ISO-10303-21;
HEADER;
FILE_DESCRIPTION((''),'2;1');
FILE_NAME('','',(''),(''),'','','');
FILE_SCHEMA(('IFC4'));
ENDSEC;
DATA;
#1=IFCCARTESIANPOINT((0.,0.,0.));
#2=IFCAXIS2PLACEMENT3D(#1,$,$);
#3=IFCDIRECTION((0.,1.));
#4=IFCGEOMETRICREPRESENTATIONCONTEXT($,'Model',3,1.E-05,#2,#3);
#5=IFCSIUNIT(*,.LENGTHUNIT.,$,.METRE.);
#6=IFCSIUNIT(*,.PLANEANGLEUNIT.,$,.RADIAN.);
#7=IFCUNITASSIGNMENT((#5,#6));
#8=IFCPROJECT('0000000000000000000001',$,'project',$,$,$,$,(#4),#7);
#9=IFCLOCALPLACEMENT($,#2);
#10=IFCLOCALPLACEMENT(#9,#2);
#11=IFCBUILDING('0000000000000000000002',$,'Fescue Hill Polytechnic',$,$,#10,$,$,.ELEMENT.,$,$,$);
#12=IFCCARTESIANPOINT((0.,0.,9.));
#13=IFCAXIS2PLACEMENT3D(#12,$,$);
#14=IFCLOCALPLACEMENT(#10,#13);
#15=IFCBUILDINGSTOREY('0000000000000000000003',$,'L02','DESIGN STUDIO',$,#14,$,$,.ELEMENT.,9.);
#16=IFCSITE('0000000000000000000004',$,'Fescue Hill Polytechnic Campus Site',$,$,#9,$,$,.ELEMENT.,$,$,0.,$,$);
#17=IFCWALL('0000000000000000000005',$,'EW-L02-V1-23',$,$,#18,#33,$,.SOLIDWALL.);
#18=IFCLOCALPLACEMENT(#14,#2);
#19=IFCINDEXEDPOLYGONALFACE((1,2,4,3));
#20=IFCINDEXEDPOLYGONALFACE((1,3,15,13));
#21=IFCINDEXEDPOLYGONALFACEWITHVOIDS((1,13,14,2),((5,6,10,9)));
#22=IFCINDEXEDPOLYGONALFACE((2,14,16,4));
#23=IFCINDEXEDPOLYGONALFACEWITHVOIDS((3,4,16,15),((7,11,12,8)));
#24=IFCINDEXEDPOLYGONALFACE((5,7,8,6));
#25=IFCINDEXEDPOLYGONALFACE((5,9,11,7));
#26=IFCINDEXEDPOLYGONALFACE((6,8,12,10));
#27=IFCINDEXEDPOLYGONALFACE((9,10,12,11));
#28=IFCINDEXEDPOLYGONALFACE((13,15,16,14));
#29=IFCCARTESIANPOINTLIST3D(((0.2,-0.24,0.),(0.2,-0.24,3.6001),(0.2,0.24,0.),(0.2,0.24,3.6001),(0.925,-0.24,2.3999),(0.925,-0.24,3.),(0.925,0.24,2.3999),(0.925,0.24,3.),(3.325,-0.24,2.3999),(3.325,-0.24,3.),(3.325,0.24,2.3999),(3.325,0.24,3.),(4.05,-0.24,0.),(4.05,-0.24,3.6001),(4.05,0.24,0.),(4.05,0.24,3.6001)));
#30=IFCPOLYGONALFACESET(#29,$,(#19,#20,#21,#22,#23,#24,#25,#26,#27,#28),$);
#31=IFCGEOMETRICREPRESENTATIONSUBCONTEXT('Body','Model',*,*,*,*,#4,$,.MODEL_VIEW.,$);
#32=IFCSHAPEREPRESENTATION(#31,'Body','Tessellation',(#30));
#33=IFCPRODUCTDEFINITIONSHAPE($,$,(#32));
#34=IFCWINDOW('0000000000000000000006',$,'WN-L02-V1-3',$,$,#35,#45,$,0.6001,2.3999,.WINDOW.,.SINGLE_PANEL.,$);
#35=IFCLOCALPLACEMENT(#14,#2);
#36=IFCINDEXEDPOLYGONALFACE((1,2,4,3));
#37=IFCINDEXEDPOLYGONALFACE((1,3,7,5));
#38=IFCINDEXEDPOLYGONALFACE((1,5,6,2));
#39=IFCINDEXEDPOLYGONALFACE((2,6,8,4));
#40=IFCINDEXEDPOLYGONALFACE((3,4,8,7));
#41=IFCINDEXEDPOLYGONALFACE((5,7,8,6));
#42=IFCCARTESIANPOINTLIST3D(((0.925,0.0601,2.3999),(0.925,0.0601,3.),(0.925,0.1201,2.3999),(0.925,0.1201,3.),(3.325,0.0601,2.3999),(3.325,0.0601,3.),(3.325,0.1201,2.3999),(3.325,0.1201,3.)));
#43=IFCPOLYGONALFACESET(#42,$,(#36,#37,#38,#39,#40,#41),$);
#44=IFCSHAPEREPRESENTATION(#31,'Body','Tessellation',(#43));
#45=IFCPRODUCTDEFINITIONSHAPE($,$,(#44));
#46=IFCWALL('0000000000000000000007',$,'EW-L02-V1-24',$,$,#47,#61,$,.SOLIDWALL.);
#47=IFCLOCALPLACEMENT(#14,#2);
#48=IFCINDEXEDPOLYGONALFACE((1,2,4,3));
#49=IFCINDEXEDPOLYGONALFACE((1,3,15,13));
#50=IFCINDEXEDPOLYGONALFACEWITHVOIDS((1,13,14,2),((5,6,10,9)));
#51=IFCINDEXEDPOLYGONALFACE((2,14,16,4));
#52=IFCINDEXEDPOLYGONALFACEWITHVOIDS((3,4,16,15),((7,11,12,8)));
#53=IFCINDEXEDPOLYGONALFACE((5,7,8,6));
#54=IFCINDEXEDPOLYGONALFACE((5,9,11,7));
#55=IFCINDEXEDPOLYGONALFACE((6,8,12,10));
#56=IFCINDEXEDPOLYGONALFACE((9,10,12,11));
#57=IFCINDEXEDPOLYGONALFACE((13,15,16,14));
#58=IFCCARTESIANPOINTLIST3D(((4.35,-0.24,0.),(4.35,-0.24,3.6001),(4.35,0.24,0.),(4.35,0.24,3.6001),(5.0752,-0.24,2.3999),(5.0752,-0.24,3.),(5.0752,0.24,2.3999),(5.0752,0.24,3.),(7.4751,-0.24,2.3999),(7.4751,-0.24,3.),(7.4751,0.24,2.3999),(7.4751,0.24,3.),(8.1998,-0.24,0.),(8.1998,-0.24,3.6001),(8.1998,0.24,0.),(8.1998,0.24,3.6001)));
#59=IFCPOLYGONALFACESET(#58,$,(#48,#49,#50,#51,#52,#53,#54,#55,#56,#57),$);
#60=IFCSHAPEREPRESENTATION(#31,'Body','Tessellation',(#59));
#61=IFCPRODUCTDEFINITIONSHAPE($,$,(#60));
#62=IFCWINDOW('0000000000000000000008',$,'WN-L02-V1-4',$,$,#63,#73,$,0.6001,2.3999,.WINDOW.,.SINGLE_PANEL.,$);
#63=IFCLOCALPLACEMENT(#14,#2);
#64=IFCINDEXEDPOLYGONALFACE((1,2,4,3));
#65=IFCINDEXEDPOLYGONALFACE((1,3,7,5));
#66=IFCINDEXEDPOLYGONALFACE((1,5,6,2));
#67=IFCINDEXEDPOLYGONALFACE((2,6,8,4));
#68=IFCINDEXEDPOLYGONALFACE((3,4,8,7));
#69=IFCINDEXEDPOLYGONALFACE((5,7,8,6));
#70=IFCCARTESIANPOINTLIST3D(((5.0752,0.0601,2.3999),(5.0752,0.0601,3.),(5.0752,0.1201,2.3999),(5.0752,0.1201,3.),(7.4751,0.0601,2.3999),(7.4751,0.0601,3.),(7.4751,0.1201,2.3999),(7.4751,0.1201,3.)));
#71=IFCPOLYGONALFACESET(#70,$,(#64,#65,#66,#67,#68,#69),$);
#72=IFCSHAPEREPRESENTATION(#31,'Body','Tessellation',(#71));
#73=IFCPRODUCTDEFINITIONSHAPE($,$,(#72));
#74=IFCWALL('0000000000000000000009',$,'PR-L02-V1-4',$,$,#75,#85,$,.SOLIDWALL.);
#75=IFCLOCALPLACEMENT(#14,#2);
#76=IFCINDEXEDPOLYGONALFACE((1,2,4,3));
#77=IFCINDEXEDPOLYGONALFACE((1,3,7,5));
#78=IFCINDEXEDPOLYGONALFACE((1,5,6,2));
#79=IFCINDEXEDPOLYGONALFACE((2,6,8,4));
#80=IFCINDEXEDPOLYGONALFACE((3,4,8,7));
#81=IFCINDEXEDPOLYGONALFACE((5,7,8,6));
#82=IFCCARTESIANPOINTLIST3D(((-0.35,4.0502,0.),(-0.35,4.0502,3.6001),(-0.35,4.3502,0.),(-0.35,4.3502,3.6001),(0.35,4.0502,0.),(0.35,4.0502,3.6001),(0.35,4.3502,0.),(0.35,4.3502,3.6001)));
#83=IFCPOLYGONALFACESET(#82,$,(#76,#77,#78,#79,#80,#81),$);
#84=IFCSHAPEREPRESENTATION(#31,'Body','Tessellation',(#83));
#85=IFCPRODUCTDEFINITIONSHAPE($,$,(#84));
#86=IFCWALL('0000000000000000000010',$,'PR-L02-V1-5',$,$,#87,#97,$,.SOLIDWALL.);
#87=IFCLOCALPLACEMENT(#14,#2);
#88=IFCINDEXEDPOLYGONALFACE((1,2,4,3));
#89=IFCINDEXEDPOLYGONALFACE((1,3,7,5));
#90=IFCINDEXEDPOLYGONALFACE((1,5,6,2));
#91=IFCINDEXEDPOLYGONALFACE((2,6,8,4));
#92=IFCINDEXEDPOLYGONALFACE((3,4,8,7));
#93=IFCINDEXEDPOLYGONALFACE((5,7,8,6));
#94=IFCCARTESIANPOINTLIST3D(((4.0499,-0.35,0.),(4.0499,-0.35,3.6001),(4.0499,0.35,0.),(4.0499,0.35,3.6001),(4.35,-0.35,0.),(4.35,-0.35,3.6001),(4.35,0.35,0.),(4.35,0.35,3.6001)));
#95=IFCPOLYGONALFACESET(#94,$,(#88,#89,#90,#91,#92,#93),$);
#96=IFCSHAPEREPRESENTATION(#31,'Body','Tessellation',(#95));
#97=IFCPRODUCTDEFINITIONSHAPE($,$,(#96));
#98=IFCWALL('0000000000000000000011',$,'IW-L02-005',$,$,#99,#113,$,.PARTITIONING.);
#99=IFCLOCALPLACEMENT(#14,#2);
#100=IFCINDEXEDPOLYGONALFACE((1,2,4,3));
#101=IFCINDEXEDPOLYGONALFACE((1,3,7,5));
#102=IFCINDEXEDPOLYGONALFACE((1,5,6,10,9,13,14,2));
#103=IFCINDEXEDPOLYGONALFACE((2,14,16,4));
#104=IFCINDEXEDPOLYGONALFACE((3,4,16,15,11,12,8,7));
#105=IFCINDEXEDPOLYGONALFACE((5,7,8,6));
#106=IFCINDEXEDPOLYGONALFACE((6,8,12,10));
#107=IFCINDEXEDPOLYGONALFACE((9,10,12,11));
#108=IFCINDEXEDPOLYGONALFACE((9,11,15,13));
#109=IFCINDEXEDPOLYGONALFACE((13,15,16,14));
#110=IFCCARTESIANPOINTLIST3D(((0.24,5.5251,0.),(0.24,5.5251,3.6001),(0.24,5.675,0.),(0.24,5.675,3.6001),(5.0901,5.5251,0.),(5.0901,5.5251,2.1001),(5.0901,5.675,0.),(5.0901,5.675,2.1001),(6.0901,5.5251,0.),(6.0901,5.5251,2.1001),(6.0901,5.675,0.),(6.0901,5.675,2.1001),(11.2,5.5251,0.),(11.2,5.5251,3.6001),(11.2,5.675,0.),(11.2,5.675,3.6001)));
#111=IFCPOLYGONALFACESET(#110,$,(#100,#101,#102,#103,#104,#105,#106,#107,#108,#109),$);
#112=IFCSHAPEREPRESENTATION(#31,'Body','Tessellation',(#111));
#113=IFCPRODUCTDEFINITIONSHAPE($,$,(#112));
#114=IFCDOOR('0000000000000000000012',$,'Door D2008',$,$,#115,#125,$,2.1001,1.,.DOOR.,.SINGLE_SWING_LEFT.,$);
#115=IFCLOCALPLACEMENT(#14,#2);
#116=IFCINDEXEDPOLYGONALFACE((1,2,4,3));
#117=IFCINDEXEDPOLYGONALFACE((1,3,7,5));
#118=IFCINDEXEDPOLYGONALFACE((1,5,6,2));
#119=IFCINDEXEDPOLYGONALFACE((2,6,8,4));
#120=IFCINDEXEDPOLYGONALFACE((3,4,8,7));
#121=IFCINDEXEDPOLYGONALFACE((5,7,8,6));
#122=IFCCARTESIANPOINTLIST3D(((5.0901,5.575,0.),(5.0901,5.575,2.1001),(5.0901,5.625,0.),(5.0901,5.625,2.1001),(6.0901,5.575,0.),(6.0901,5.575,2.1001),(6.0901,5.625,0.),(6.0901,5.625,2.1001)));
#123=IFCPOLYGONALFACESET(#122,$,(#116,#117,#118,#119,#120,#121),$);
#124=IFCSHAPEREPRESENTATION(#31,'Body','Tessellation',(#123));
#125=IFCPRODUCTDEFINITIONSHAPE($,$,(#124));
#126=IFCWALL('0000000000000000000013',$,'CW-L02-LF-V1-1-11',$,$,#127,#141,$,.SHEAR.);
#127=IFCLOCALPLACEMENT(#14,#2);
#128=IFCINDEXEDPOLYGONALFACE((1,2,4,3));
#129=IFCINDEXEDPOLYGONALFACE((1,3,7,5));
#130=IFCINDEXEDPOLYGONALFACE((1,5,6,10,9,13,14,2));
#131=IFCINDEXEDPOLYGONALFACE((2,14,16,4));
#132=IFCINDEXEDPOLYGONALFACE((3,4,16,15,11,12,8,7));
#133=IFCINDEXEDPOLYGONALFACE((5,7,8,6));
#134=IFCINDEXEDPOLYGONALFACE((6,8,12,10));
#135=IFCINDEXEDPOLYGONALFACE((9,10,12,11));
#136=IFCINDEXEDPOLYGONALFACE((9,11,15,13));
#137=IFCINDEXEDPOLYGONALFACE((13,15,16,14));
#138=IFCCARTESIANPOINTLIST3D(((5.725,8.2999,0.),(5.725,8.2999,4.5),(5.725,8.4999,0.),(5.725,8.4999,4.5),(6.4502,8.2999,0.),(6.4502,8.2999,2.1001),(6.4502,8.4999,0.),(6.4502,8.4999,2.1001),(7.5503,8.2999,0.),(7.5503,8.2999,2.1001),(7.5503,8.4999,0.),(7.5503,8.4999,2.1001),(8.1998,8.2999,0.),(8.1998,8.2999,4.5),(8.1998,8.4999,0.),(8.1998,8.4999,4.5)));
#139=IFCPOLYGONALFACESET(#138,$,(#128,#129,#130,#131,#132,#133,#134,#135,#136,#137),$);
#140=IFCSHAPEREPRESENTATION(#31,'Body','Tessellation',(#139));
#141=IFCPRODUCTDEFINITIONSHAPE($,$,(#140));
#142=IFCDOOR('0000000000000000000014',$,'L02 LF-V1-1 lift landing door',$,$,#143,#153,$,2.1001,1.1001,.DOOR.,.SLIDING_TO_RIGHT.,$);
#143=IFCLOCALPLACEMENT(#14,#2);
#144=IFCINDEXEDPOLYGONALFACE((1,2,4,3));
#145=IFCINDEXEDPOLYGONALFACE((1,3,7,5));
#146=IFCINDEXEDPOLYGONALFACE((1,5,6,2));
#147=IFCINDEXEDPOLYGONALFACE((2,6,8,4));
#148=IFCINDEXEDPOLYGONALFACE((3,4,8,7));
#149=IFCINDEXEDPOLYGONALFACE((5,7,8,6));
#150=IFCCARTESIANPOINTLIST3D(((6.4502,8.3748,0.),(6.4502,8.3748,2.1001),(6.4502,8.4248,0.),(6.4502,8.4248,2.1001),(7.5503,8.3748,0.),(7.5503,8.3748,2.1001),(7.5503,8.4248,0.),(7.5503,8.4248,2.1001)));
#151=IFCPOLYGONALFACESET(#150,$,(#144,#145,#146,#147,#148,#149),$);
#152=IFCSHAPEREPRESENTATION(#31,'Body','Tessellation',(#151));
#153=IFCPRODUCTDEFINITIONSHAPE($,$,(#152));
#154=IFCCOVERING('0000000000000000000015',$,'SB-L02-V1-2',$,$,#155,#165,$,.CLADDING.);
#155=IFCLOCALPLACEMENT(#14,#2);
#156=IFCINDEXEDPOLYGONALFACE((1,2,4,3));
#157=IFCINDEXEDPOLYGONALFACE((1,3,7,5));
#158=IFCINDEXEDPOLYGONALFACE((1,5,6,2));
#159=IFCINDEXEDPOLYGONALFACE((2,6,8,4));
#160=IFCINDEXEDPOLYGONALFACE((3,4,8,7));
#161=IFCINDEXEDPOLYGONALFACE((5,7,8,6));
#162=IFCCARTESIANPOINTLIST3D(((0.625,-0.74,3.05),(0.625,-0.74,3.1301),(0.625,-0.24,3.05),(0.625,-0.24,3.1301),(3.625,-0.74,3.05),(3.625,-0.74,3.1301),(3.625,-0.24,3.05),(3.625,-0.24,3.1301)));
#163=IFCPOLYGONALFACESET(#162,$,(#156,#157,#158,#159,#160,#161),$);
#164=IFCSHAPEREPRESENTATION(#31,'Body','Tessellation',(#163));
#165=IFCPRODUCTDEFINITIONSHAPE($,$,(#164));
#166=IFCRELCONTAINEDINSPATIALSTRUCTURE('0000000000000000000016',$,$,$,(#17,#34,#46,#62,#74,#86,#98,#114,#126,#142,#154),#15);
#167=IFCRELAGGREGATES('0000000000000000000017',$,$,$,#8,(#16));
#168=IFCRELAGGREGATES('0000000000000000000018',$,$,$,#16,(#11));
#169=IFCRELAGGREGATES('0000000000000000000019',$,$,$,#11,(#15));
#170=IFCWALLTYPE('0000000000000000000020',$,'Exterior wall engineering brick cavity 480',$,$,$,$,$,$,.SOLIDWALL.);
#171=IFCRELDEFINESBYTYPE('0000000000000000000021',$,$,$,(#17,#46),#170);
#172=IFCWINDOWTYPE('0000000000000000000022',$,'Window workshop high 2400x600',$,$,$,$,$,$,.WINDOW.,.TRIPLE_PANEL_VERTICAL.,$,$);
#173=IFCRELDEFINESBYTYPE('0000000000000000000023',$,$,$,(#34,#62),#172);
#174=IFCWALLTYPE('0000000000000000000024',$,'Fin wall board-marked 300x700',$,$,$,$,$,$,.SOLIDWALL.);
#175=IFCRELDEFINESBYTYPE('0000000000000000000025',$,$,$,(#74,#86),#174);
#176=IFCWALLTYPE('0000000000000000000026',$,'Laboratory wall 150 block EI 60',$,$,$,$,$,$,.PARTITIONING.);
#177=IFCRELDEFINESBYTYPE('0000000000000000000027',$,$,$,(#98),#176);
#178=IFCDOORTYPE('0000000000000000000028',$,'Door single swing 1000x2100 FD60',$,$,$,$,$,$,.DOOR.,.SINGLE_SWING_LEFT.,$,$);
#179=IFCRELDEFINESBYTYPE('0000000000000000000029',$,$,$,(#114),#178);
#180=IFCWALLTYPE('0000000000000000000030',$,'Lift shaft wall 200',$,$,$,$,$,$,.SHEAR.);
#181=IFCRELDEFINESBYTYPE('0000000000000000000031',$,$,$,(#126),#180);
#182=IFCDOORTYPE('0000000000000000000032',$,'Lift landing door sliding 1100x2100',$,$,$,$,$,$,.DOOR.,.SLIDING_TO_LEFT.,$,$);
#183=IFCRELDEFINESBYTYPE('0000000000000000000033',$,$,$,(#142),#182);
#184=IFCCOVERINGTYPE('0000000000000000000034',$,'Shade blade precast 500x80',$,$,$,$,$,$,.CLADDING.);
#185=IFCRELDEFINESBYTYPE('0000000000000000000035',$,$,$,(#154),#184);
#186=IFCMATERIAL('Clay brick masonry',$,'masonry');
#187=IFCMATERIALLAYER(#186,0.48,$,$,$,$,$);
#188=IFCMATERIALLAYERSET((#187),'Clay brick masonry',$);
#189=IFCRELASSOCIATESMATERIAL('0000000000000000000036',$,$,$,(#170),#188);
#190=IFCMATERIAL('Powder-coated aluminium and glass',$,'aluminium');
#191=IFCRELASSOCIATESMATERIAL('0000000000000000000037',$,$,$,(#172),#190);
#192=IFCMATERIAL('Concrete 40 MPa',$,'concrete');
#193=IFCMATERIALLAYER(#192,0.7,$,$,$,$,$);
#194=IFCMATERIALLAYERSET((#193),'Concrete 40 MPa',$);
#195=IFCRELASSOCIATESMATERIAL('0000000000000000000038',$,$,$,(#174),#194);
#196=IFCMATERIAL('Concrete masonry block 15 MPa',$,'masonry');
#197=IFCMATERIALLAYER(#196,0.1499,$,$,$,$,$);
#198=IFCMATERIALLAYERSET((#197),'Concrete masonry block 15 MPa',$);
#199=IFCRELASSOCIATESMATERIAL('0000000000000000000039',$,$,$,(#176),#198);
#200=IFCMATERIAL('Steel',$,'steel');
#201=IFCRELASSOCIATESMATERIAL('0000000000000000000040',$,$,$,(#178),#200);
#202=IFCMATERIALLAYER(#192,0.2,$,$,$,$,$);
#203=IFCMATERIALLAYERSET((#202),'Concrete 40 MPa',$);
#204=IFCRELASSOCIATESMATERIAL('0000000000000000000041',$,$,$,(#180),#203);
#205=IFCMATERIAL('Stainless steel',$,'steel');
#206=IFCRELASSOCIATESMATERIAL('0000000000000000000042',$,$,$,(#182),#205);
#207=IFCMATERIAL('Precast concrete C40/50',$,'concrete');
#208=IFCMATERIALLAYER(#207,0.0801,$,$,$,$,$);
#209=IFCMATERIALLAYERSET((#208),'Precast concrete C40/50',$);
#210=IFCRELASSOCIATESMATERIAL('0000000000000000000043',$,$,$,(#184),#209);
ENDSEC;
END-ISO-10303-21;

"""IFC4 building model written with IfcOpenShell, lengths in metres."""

from ifc_helpers import new_model, si_unit, direction, frame, frame_2d, origin, origin_2d, place, context, subcontext, project, spatial, rectangle, extrude, material, layer, layer_set, type_object, element, fill, save


model = new_model("IFC4")

# Units and contexts
model_context = context("Model", 3, precision=1e-05, world=origin(), true_north=direction((0.0, 1.0)))
body_context = subcontext(model_context, "Body", "Model", "MODEL_VIEW")
ifc_project = project(units=[si_unit("LENGTHUNIT", "METRE"), si_unit("PLANEANGLEUNIT", "RADIAN")], contexts=[model_context])

# Site, building, storey
site_placement = place(None, origin())
site = spatial("IfcSite", under=ifc_project, at=site_placement, Name="Fescue Hill Polytechnic Campus Site", CompositionType="ELEMENT", RefElevation=0.0)
building_placement = place(site_placement, origin())
building = spatial("IfcBuilding", under=site, at=building_placement, Name="Fescue Hill Polytechnic", CompositionType="ELEMENT")
storey_placement = place(building_placement, frame((0.0, 0.0, 9.0)))
storey = spatial("IfcBuildingStorey", under=building, at=storey_placement, Name="L02", Description="DESIGN STUDIO", CompositionType="ELEMENT", Elevation=9.0)

# Shared definitions
ifc_material_1 = material(Name="Concrete 40 MPa", Category="concrete")

# Shared definitions
ifc_material_2 = material(Name="Clay brick masonry", Category="masonry")
ifc_layer_1 = layer(ifc_material_2, 0.48)
ifc_layer_set_1 = layer_set([ifc_layer_1], Name="Clay brick masonry")
wall_type_1 = type_object("IfcWallType", Name="Exterior wall engineering brick cavity 480", PredefinedType="SOLIDWALL", material=ifc_layer_set_1)

# Walls, openings, windows
ifc_material_3 = material(Name="Powder-coated aluminium and glass", Category="aluminium")
window_type = type_object("IfcWindowType", Name="Window workshop high 2400x600", PartitioningType="TRIPLE_PANEL_VERTICAL", PredefinedType="WINDOW", material=ifc_material_3)
wall_1_placement = place(storey_placement, frame((0.2, 0.0, 0.0), z_axis=(0.0, 0.0, 1.0), x_axis=(1.0, 0.0, 0.0)))
wall_1 = element("IfcWall", 1, at=wall_1_placement, inside=storey, type_object=wall_type_1, Name="EW-L02-V1-23", PredefinedType="SOLIDWALL", context=body_context, shape_type="SweptSolid", body=[
    extrude(rectangle(XDim=3.8501, YDim=0.48, at=frame_2d((1.925, 0.0))), origin(), (0.0, 0.0, 1.0), 3.6001),
])
opening_1_placement = place(wall_1_placement, frame((0.7251, 0.0, 2.3999)))
opening_1 = element("IfcOpeningElement", 2, at=opening_1_placement, cuts=wall_1, PredefinedType="OPENING", context=body_context, shape_type="SweptSolid", body=[
    extrude(rectangle(XDim=2.3999, YDim=0.6001, at=frame_2d((1.2, 0.3))), frame((0.0, 0.25, 0.0), z_axis=(0.0, -1.0, 0.0), x_axis=(1.0, 0.0, 0.0)), (0.0, 0.0, 1.0), 0.5),
])
window_1_placement = place(opening_1_placement, origin())
window_1 = element("IfcWindow", 3, at=window_1_placement, inside=storey, type_object=window_type, Name="WN-L02-V1-3", OverallHeight=0.6001, OverallWidth=2.3999, PartitioningType="SINGLE_PANEL", PredefinedType="WINDOW", context=body_context, shape_type="SweptSolid", body=[
    extrude(rectangle(XDim=2.3999, YDim=0.6001, at=frame_2d((1.2, 0.3))), frame((0.0, 0.1201, 0.0), z_axis=(0.0, -1.0, 0.0), x_axis=(1.0, 0.0, 0.0)), (0.0, 0.0, 1.0), 0.0601),
])
fill(opening_1, window_1)
wall_2_placement = place(storey_placement, frame((4.3501, 0.0, 0.0), z_axis=(0.0, 0.0, 1.0), x_axis=(1.0, 0.0, 0.0)))
wall_2 = element("IfcWall", 4, at=wall_2_placement, inside=storey, type_object=wall_type_1, Name="EW-L02-V1-24", PredefinedType="SOLIDWALL", context=body_context, shape_type="SweptSolid", body=[
    extrude(rectangle(XDim=3.8499, YDim=0.48, at=frame_2d((1.9248, 0.0))), origin(), (0.0, 0.0, 1.0), 3.6001),
])
opening_2_placement = place(wall_2_placement, frame((0.7251, 0.0, 2.3999)))
opening_2 = element("IfcOpeningElement", 5, at=opening_2_placement, cuts=wall_2, PredefinedType="OPENING", context=body_context, shape_type="SweptSolid", body=[
    extrude(rectangle(XDim=2.3999, YDim=0.6001, at=frame_2d((1.2, 0.3))), frame((0.0, 0.25, 0.0), z_axis=(0.0, -1.0, 0.0), x_axis=(1.0, 0.0, 0.0)), (0.0, 0.0, 1.0), 0.5),
])
window_2_placement = place(opening_2_placement, origin())
window_2 = element("IfcWindow", 6, at=window_2_placement, inside=storey, type_object=window_type, Name="WN-L02-V1-4", OverallHeight=0.6001, OverallWidth=2.3999, PartitioningType="SINGLE_PANEL", PredefinedType="WINDOW", context=body_context, shape_type="SweptSolid", body=[
    extrude(rectangle(XDim=2.3999, YDim=0.6001, at=frame_2d((1.2, 0.3))), frame((0.0, 0.1201, 0.0), z_axis=(0.0, -1.0, 0.0), x_axis=(1.0, 0.0, 0.0)), (0.0, 0.0, 1.0), 0.0601),
])
fill(opening_2, window_2)

# Walls
ifc_layer_2 = layer(ifc_material_1, 0.7)
ifc_layer_set_2 = layer_set([ifc_layer_2], Name="Concrete 40 MPa")
wall_type_2 = type_object("IfcWallType", Name="Fin wall board-marked 300x700", PredefinedType="SOLIDWALL", material=ifc_layer_set_2)
for number, where, z_axis, x_axis, name in (
    (7, (0.0, 4.3501, 0.0), (0.0, 0.0, 1.0), (0.0, -1.0, 0.0), "PR-L02-V1-4"),
    (8, (4.05, 0.0, 0.0), (0.0, 0.0, 1.0), (1.0, 0.0, 0.0), "PR-L02-V1-5"),
):
    element("IfcWall", number, at=place(storey_placement, frame(where, z_axis=z_axis, x_axis=x_axis)), inside=storey, type_object=wall_type_2, Name=name, PredefinedType="SOLIDWALL", context=body_context, shape_type="SweptSolid", body=[
        extrude(rectangle(XDim=0.3, YDim=0.7, at=frame_2d((0.1499, 0.0))), origin(), (0.0, 0.0, 1.0), 3.6001),
    ])

# Walls, openings, doors
ifc_material_4 = material(Name="Concrete masonry block 15 MPa", Category="masonry")
ifc_layer_3 = layer(ifc_material_4, 0.1499)
ifc_layer_set_3 = layer_set([ifc_layer_3], Name="Concrete masonry block 15 MPa")
wall_type_3 = type_object("IfcWallType", Name="Laboratory wall 150 block EI 60", PredefinedType="PARTITIONING", material=ifc_layer_set_3)
wall_3_placement = place(storey_placement, frame((0.24, 5.6001, 0.0), z_axis=(0.0, 0.0, 1.0), x_axis=(1.0, 0.0, 0.0)))
wall_3 = element("IfcWall", 9, at=wall_3_placement, inside=storey, type_object=wall_type_3, Name="IW-L02-005", PredefinedType="PARTITIONING", context=body_context, shape_type="SweptSolid", body=[
    extrude(rectangle(XDim=10.96, YDim=0.1499, at=frame_2d((5.48, 0.0))), origin(), (0.0, 0.0, 1.0), 3.6001),
])
opening_3_placement = place(wall_3_placement, frame((4.8501, 0.0, 0.0)))
opening_3 = element("IfcOpeningElement", 10, at=opening_3_placement, cuts=wall_3, PredefinedType="OPENING", context=body_context, shape_type="SweptSolid", body=[
    extrude(rectangle(XDim=1.0, YDim=2.1001, at=frame_2d((0.5, 1.05))), frame((0.0, 0.085, 0.0), z_axis=(0.0, -1.0, 0.0), x_axis=(1.0, 0.0, 0.0)), (0.0, 0.0, 1.0), 0.1699),
])
ifc_material_5 = material(Name="Steel", Category="steel")
door_type_1 = type_object("IfcDoorType", Name="Door single swing 1000x2100 FD60", OperationType="SINGLE_SWING_LEFT", PredefinedType="DOOR", material=ifc_material_5)
door_1_placement = place(opening_3_placement, origin())
door_1 = element("IfcDoor", 11, at=door_1_placement, inside=storey, type_object=door_type_1, Name="Door D2008", OperationType="SINGLE_SWING_LEFT", OverallHeight=2.1001, OverallWidth=1.0, PredefinedType="DOOR", context=body_context, shape_type="SweptSolid", body=[
    extrude(rectangle(XDim=1.0, YDim=2.1001, at=frame_2d((0.5, 1.05))), frame((0.0, 0.0249, 0.0), z_axis=(0.0, -1.0, 0.0), x_axis=(1.0, 0.0, 0.0)), (0.0, 0.0, 1.0), 0.05),
])
fill(opening_3, door_1)
ifc_layer_4 = layer(ifc_material_1, 0.2)
ifc_layer_set_4 = layer_set([ifc_layer_4], Name="Concrete 40 MPa")
wall_type_4 = type_object("IfcWallType", Name="Lift shaft wall 200", PredefinedType="SHEAR", material=ifc_layer_set_4)
wall_4_placement = place(storey_placement, frame((5.7251, 8.3999, 0.0), z_axis=(0.0, 0.0, 1.0), x_axis=(1.0, 0.0, 0.0)))
wall_4 = element("IfcWall", 12, at=wall_4_placement, inside=storey, type_object=wall_type_4, Name="CW-L02-LF-V1-1-11", PredefinedType="SHEAR", context=body_context, shape_type="SweptSolid", body=[
    extrude(rectangle(XDim=2.4749, YDim=0.2, at=frame_2d((1.2373, 0.0))), origin(), (0.0, 0.0, 1.0), 4.5),
])
opening_4_placement = place(wall_4_placement, frame((0.7251, 0.0, 0.0)))
opening_4 = element("IfcOpeningElement", 13, at=opening_4_placement, cuts=wall_4, PredefinedType="OPENING", context=body_context, shape_type="SweptSolid", body=[
    extrude(rectangle(XDim=1.1001, YDim=2.1001, at=frame_2d((0.55, 1.05))), frame((0.0, 0.1099, 0.0), z_axis=(0.0, -1.0, 0.0), x_axis=(1.0, 0.0, 0.0)), (0.0, 0.0, 1.0), 0.22),
])
ifc_material_6 = material(Name="Stainless steel", Category="steel")
door_type_2 = type_object("IfcDoorType", Name="Lift landing door sliding 1100x2100", OperationType="SLIDING_TO_LEFT", PredefinedType="DOOR", material=ifc_material_6)
door_2_placement = place(opening_4_placement, origin())
door_2 = element("IfcDoor", 14, at=door_2_placement, inside=storey, type_object=door_type_2, Name="L02 LF-V1-1 lift landing door", OperationType="SLIDING_TO_RIGHT", OverallHeight=2.1001, OverallWidth=1.1001, PredefinedType="DOOR", context=body_context, shape_type="SweptSolid", body=[
    extrude(rectangle(XDim=1.1001, YDim=2.1001, at=frame_2d((0.55, 1.05))), frame((0.0, 0.0249, 0.0), z_axis=(0.0, -1.0, 0.0), x_axis=(1.0, 0.0, 0.0)), (0.0, 0.0, 1.0), 0.05),
])
fill(opening_4, door_2)

# Covering
ifc_material_7 = material(Name="Precast concrete C40/50", Category="concrete")
ifc_layer_5 = layer(ifc_material_7, 0.0801)
ifc_layer_set_5 = layer_set([ifc_layer_5], Name="Precast concrete C40/50")
covering_type = type_object("IfcCoveringType", Name="Shade blade precast 500x80", PredefinedType="CLADDING", material=ifc_layer_set_5)
for number, where, z_axis, x_axis, name in (
    (15, (2.125, -0.49, 3.05), (0.0, 0.0, 1.0), (1.0, 0.0, 0.0), "SB-L02-V1-2"),
):
    element("IfcCovering", number, at=place(storey_placement, frame(where, z_axis=z_axis, x_axis=x_axis)), inside=storey, type_object=covering_type, Name=name, PredefinedType="CLADDING", context=body_context, shape_type="SweptSolid", body=[
        extrude(rectangle(XDim=3.0, YDim=0.5, at=origin_2d()), origin(), (0.0, 0.0, 1.0), 0.0801),
    ])

save(model, "model.ifc")
